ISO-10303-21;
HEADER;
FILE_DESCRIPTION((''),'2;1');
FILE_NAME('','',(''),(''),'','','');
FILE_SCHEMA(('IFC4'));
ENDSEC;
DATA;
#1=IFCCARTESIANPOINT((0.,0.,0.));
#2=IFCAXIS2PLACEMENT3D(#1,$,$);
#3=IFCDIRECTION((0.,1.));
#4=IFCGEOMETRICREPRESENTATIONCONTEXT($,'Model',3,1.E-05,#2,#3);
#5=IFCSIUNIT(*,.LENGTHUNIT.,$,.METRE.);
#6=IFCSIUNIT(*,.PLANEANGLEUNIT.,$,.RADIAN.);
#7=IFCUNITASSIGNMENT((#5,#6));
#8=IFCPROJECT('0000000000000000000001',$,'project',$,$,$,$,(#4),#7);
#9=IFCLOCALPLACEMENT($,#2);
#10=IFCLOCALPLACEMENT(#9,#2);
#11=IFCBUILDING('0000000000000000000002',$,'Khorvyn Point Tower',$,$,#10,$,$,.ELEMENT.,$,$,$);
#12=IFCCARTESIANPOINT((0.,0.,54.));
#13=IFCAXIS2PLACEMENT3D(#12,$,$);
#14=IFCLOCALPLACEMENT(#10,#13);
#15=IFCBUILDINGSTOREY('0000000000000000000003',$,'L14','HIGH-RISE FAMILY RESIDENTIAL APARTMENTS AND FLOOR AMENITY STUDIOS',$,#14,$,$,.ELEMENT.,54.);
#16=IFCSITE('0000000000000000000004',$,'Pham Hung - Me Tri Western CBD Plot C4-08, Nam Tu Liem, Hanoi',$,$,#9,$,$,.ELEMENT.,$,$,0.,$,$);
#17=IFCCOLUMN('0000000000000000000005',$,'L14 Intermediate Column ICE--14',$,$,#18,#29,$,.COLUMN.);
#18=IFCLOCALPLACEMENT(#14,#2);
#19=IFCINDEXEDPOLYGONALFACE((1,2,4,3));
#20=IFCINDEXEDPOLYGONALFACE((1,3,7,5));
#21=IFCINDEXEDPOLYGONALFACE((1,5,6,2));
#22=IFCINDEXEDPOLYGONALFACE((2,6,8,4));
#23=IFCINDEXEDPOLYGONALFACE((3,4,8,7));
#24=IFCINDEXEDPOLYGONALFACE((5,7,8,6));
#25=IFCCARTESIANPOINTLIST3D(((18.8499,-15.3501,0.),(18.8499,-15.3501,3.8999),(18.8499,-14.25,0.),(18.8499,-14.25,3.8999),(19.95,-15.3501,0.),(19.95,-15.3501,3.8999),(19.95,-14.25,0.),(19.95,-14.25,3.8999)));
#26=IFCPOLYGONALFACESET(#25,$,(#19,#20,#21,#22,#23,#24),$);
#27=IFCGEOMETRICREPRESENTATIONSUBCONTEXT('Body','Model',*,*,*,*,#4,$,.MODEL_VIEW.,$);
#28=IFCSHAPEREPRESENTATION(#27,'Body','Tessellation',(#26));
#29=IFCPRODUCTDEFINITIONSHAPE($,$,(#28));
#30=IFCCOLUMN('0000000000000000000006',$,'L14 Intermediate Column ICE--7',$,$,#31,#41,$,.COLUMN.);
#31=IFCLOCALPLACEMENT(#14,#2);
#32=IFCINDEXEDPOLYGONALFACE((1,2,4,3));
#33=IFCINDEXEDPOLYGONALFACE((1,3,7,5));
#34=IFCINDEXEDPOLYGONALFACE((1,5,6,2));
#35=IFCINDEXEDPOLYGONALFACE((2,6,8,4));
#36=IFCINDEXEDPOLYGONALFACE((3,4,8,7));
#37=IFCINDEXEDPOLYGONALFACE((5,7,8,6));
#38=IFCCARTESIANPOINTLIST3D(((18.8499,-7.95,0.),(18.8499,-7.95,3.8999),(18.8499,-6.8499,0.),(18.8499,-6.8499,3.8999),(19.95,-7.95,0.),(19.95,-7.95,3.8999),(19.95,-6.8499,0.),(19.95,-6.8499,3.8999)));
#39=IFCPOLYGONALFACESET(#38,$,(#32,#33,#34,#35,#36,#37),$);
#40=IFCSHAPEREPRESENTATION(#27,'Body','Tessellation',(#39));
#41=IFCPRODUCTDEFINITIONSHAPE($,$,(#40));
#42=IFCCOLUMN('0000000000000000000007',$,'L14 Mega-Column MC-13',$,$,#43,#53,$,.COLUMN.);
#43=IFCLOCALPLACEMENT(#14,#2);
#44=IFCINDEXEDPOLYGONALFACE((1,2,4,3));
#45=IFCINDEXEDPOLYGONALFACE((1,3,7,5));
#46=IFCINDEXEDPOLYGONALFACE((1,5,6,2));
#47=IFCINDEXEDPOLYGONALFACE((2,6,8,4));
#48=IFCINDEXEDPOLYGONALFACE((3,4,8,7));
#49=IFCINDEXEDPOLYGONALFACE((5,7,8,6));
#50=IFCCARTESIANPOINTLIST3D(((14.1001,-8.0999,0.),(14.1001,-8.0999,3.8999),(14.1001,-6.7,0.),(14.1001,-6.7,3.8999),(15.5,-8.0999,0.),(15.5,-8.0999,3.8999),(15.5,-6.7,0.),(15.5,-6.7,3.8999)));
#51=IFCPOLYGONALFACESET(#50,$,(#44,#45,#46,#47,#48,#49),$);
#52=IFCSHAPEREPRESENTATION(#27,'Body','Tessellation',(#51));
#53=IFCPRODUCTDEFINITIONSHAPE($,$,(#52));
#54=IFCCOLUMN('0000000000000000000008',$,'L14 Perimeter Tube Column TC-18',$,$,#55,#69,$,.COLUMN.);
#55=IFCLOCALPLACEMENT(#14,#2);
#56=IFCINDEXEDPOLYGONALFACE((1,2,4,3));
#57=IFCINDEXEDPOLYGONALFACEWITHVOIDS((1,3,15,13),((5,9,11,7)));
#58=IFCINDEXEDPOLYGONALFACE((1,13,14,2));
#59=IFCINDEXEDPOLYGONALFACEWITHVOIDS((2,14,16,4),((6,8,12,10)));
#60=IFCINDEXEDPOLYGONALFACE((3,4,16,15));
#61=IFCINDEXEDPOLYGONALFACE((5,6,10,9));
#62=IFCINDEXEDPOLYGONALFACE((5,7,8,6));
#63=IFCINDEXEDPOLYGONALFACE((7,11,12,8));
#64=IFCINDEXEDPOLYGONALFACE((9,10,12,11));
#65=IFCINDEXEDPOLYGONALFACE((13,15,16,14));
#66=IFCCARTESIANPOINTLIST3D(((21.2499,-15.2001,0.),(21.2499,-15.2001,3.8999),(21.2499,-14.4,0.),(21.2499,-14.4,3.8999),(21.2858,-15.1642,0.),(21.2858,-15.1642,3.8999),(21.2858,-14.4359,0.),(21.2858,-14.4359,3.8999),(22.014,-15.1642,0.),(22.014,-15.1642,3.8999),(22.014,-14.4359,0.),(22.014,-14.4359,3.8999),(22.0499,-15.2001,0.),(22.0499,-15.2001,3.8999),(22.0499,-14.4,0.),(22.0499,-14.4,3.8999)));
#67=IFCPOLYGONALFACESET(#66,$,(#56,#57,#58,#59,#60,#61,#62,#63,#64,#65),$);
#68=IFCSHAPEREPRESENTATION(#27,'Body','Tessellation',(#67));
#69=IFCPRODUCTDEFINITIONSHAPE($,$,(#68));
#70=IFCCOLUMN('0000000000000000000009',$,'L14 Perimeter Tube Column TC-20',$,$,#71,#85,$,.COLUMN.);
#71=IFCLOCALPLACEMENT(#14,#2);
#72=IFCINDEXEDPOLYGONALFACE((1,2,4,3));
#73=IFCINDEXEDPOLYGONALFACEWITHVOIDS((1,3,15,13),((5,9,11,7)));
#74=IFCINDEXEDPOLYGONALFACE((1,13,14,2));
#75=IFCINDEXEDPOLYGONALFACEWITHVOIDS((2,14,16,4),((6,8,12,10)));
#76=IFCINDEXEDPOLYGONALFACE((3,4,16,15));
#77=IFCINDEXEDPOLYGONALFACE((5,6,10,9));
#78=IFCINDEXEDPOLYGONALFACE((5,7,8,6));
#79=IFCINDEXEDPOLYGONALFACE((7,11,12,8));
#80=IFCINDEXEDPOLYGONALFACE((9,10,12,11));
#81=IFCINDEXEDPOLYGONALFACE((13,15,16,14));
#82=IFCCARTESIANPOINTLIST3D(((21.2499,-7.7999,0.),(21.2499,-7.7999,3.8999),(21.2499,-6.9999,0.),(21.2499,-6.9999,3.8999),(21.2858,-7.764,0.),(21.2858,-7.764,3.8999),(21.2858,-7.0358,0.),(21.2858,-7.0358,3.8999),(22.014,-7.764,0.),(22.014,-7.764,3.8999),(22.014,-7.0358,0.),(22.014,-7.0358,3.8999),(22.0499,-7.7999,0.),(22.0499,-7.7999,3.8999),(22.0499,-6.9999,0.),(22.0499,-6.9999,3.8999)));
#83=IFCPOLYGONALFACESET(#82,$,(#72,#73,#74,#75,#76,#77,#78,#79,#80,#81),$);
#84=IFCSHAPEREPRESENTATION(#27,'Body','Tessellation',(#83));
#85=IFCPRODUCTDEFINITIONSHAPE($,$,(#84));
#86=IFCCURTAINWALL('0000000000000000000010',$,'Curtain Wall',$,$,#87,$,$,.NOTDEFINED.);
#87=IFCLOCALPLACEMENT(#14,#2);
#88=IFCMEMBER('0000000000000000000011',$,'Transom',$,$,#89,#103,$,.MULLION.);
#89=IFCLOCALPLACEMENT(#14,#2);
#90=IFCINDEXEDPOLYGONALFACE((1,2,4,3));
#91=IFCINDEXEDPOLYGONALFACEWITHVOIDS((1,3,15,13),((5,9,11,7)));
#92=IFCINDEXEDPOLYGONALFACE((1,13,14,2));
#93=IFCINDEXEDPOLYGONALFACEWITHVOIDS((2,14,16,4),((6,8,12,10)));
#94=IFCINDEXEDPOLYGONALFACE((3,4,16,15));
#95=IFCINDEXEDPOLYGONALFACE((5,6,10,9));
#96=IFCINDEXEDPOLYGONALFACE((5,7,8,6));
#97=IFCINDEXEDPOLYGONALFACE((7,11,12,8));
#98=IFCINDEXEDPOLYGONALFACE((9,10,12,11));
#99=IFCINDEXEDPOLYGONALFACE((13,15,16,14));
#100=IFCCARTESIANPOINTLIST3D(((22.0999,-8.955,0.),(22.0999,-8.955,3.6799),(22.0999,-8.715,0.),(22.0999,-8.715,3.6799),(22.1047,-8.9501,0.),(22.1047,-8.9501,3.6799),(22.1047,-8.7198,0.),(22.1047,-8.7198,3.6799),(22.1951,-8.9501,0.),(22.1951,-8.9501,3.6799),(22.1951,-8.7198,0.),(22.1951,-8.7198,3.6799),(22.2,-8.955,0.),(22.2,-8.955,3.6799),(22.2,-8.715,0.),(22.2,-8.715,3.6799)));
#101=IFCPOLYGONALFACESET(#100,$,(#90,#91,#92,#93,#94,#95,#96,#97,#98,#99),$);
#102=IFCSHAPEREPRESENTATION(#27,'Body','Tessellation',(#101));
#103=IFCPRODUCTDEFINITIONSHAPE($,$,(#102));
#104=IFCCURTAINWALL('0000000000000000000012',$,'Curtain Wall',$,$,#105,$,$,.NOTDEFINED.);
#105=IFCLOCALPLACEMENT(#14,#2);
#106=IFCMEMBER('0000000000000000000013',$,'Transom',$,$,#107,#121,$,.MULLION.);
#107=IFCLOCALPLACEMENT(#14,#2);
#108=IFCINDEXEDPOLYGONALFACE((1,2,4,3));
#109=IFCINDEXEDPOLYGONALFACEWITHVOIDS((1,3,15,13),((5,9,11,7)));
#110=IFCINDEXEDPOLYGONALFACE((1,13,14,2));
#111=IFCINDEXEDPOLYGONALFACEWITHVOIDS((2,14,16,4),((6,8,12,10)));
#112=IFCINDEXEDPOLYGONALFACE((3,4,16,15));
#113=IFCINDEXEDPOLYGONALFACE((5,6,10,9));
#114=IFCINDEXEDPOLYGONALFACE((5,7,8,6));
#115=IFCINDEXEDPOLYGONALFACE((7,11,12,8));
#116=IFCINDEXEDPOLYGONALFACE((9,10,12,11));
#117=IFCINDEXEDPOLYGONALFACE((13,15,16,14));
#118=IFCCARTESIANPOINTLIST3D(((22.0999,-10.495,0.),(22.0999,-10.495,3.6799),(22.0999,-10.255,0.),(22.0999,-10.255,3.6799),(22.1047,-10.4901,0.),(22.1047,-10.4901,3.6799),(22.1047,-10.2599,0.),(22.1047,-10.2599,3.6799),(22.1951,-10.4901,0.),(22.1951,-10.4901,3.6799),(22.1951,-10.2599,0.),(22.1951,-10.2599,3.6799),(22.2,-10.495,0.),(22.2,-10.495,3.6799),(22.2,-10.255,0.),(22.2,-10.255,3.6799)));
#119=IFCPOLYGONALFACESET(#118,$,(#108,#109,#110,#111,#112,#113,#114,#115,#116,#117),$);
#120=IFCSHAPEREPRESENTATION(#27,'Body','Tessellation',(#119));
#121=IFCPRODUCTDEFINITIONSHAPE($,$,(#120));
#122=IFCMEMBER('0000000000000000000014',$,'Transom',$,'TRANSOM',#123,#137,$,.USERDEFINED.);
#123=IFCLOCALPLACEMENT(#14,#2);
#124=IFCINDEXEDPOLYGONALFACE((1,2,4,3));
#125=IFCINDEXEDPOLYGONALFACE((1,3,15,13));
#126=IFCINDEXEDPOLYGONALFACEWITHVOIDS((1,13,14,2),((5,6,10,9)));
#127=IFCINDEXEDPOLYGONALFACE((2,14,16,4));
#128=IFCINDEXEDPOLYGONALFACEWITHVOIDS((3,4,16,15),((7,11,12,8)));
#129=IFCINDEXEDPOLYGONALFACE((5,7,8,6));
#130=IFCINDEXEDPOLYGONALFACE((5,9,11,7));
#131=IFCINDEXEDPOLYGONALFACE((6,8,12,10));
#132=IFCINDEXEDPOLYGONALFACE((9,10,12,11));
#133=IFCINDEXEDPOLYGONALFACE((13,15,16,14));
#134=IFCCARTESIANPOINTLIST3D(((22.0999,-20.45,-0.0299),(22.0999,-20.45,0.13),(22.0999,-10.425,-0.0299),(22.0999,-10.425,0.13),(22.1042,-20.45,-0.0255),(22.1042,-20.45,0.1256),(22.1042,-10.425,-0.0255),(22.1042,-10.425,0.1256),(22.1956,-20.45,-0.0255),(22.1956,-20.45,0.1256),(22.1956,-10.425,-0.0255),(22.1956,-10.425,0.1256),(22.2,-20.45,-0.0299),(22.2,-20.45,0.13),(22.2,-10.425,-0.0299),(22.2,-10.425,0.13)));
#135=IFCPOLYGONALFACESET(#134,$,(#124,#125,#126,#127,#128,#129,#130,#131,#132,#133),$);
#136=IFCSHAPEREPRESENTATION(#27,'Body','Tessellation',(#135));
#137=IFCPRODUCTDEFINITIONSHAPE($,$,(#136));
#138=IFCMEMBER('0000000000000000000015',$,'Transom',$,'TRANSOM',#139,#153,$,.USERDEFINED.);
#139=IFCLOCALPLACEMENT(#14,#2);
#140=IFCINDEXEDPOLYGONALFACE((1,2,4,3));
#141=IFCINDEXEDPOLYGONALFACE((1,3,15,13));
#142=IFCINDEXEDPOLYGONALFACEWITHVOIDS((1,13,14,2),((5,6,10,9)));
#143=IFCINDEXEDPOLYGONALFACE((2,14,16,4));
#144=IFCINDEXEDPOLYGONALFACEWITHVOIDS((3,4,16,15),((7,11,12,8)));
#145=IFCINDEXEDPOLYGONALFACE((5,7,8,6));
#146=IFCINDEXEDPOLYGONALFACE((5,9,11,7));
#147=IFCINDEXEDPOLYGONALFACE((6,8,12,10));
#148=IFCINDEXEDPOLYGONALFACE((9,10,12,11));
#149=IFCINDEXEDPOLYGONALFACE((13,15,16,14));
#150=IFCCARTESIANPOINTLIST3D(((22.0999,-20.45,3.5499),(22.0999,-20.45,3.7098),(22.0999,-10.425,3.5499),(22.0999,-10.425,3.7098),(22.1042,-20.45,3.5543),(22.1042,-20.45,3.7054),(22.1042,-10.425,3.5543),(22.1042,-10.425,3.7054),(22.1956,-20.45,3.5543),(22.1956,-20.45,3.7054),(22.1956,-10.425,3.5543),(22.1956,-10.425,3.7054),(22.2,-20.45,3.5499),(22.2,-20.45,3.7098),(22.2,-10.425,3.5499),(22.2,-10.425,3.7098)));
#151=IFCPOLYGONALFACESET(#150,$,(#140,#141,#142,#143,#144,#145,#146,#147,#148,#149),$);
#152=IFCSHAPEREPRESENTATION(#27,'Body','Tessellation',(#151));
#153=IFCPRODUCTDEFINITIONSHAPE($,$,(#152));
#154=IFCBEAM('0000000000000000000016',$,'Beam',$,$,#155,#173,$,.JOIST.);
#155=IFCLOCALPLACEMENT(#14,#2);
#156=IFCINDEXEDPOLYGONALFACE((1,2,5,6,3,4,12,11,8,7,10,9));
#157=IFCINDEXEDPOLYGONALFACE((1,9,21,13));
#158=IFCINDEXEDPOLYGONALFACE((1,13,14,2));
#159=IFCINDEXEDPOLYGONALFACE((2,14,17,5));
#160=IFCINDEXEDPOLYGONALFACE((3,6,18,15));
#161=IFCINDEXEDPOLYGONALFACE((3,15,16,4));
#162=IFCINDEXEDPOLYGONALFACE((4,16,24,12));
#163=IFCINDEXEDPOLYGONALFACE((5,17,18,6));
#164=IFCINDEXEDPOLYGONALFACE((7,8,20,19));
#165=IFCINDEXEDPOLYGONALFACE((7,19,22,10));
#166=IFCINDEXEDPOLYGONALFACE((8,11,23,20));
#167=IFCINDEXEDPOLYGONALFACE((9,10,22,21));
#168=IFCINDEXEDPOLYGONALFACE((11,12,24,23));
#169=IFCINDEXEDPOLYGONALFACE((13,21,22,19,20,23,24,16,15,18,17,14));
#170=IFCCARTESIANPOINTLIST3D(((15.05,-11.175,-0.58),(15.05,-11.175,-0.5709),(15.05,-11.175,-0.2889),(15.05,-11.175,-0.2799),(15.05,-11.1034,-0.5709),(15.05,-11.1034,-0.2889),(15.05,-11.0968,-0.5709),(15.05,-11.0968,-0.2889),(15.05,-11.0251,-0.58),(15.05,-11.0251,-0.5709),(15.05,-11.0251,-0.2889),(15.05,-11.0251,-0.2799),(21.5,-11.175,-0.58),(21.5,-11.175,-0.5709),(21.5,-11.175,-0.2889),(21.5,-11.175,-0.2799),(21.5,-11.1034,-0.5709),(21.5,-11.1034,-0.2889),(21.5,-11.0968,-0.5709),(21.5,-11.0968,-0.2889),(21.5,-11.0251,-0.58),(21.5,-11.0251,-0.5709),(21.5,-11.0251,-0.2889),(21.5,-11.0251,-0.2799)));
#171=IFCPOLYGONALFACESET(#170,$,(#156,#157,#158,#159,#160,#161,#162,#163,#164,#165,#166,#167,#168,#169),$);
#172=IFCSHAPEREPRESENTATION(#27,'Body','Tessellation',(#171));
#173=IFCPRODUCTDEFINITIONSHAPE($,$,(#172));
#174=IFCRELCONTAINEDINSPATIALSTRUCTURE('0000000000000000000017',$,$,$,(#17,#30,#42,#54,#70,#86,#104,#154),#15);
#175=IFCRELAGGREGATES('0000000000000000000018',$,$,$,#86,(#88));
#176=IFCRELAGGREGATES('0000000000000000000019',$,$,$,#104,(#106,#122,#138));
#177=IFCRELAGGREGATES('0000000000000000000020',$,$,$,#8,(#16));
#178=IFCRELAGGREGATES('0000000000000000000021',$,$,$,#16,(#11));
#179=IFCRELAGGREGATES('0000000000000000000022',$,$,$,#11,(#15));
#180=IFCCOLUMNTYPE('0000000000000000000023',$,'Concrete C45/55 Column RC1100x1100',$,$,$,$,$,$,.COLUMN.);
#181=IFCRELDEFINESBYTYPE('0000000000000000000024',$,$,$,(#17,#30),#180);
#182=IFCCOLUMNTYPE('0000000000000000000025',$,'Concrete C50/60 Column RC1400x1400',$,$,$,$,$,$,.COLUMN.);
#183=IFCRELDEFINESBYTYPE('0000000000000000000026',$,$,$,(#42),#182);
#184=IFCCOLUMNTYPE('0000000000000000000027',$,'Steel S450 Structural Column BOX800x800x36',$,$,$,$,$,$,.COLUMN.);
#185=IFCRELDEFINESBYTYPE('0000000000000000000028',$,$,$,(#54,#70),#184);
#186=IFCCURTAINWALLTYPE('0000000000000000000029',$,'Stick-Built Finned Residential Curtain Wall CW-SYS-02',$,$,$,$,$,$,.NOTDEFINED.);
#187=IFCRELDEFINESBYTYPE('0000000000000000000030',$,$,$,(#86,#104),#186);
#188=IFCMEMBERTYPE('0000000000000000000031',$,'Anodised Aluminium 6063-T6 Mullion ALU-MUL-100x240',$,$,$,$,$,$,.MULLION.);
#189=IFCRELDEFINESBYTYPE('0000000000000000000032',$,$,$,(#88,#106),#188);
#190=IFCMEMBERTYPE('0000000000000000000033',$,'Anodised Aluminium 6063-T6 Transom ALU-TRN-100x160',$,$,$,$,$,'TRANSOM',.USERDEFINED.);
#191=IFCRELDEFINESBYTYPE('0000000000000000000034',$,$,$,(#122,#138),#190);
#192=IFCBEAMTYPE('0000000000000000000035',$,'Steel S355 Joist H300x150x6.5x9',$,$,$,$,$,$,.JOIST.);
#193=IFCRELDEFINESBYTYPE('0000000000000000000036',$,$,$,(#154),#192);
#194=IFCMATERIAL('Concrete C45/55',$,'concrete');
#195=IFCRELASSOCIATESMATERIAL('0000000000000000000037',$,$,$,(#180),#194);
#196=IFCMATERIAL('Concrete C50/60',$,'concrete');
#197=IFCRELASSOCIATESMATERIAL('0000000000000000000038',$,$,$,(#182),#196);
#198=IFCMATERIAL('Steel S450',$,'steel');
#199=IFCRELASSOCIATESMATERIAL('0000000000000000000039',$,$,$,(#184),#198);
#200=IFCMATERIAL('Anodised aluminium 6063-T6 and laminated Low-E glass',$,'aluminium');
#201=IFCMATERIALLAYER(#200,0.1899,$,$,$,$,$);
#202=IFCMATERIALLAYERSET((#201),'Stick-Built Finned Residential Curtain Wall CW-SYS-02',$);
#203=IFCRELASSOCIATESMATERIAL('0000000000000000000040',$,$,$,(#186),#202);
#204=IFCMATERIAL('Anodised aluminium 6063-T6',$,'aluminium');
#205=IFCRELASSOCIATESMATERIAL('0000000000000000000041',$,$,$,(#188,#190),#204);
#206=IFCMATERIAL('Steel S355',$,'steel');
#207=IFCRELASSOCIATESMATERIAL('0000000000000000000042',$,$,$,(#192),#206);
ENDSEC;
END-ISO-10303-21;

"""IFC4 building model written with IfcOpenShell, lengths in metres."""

from ifc_helpers import new_model, si_unit, direction, frame, origin, origin_2d, place, context, subcontext, project, spatial, rectangle, hollow_rectangle, i_section, extrude, material, layer, layer_set, material_profile, profile_set, type_object, element, aggregate, save


model = new_model("IFC4")

# Units and contexts
model_context = context("Model", 3, precision=1e-05, world=origin(), true_north=direction((0.0, 1.0)))
body_context = subcontext(model_context, "Body", "Model", "MODEL_VIEW")
ifc_project = project(units=[si_unit("LENGTHUNIT", "METRE"), si_unit("PLANEANGLEUNIT", "RADIAN")], contexts=[model_context])

# Site, building, storey
site_placement = place(None, origin())
site = spatial("IfcSite", under=ifc_project, at=site_placement, Name="Pham Hung - Me Tri Western CBD Plot C4-08, Nam Tu Liem, Hanoi", CompositionType="ELEMENT", RefElevation=0.0)
building_placement = place(site_placement, origin())
building = spatial("IfcBuilding", under=site, at=building_placement, Name="Khorvyn Point Tower", CompositionType="ELEMENT")
storey_placement = place(building_placement, frame((0.0, 0.0, 54.0)))
storey = spatial("IfcBuildingStorey", under=building, at=storey_placement, Name="L14", Description="HIGH-RISE FAMILY RESIDENTIAL APARTMENTS AND FLOOR AMENITY STUDIOS", CompositionType="ELEMENT", Elevation=54.0)

# Columns
ifc_material_1 = material(Name="Concrete C45/55", Category="concrete")
ifc_material_profile_1 = material_profile(ifc_material_1, rectangle(XDim=1.1001, YDim=1.1001, at=origin_2d()))
ifc_profile_set_1 = profile_set([ifc_material_profile_1], Name="Concrete C45/55 RC1100x1100")
column_type_1 = type_object("IfcColumnType", Name="Concrete C45/55 Column RC1100x1100", PredefinedType="COLUMN", material=ifc_profile_set_1)
for number, where, z_axis, x_axis, name in (
    (1, (19.3999, -14.8, 0.0), (0.0, 0.0, 1.0), (1.0, 0.0, 0.0), "L14 Intermediate Column ICE--14"),
    (2, (19.3999, -7.3999, 0.0), (0.0, 0.0, 1.0), (1.0, 0.0, 0.0), "L14 Intermediate Column ICE--7"),
):
    element("IfcColumn", number, at=place(storey_placement, frame(where, z_axis=z_axis, x_axis=x_axis)), inside=storey, type_object=column_type_1, Name=name, PredefinedType="COLUMN", context=body_context, shape_type="SweptSolid", body=[
        extrude(rectangle(XDim=1.1001, YDim=1.1001, at=origin_2d()), origin(), (0.0, 0.0, 1.0), 3.8999),
    ])
ifc_material_2 = material(Name="Concrete C50/60", Category="concrete")
ifc_material_profile_2 = material_profile(ifc_material_2, rectangle(XDim=1.3999, YDim=1.3999, at=origin_2d()))
ifc_profile_set_2 = profile_set([ifc_material_profile_2], Name="Concrete C50/60 RC1400x1400")
column_type_2 = type_object("IfcColumnType", Name="Concrete C50/60 Column RC1400x1400", PredefinedType="COLUMN", material=ifc_profile_set_2)
column_placement = place(storey_placement, frame((14.8, -7.3999, 0.0), z_axis=(0.0, 0.0, 1.0), x_axis=(1.0, 0.0, 0.0)))
element("IfcColumn", 3, at=column_placement, inside=storey, type_object=column_type_2, Name="L14 Mega-Column MC-13", PredefinedType="COLUMN", context=body_context, shape_type="SweptSolid", body=[
    extrude(rectangle(XDim=1.3999, YDim=1.3999, at=origin_2d()), origin(), (0.0, 0.0, 1.0), 3.8999),
])
ifc_material_3 = material(Name="Steel S450", Category="steel")
ifc_material_profile_3 = material_profile(ifc_material_3, hollow_rectangle(XDim=0.8, YDim=0.8, WallThickness=0.0359, at=origin_2d()))
ifc_profile_set_3 = profile_set([ifc_material_profile_3], Name="Steel S450 BOX800x800x36")
column_type_3 = type_object("IfcColumnType", Name="Steel S450 Structural Column BOX800x800x36", PredefinedType="COLUMN", material=ifc_profile_set_3)
for number, where, z_axis, x_axis, name in (
    (4, (21.6499, -14.8, 0.0), (0.0, 0.0, 1.0), (1.0, 0.0, 0.0), "L14 Perimeter Tube Column TC-18"),
    (5, (21.6499, -7.3999, 0.0), (0.0, 0.0, 1.0), (1.0, 0.0, 0.0), "L14 Perimeter Tube Column TC-20"),
):
    element("IfcColumn", number, at=place(storey_placement, frame(where, z_axis=z_axis, x_axis=x_axis)), inside=storey, type_object=column_type_3, Name=name, PredefinedType="COLUMN", context=body_context, shape_type="SweptSolid", body=[
        extrude(hollow_rectangle(XDim=0.8, YDim=0.8, WallThickness=0.0359, at=origin_2d()), origin(), (0.0, 0.0, 1.0), 3.8999),
    ])

# Curtain wall, member
ifc_material_4 = material(Name="Anodised aluminium 6063-T6 and laminated Low-E glass", Category="aluminium")
ifc_layer_1 = layer(ifc_material_4, 0.1899)
ifc_layer_set_1 = layer_set([ifc_layer_1], Name="Stick-Built Finned Residential Curtain Wall CW-SYS-02")
curtain_wall_type = type_object("IfcCurtainWallType", Name="Stick-Built Finned Residential Curtain Wall CW-SYS-02", PredefinedType="NOTDEFINED", material=ifc_layer_set_1)
curtain_wall_1_placement = place(storey_placement, origin())
curtain_wall_1 = element("IfcCurtainWall", 6, at=curtain_wall_1_placement, inside=storey, type_object=curtain_wall_type, Name="Curtain Wall", PredefinedType="NOTDEFINED")
ifc_material_5 = material(Name="Anodised aluminium 6063-T6", Category="aluminium")
ifc_material_profile_4 = material_profile(ifc_material_5, hollow_rectangle(XDim=0.1001, YDim=0.24, WallThickness=0.0049, at=origin_2d()))
ifc_profile_set_4 = profile_set([ifc_material_profile_4], Name="Anodised aluminium 6063-T6 ALU-MUL-100x240")
member_type_1 = type_object("IfcMemberType", Name="Anodised Aluminium 6063-T6 Mullion ALU-MUL-100x240", PredefinedType="MULLION", material=ifc_profile_set_4)
member_1_placement = place(storey_placement, frame((22.1499, -8.835, 0.0), z_axis=(0.0, 0.0, 1.0), x_axis=(1.0, 0.0, 0.0)))
member_1 = element("IfcMember", 7, at=member_1_placement, type_object=member_type_1, Name="Transom", PredefinedType="MULLION", context=body_context, shape_type="SweptSolid", body=[
    extrude(hollow_rectangle(XDim=0.1001, YDim=0.24, WallThickness=0.0049, at=origin_2d()), origin(), (0.0, 0.0, 1.0), 3.6799),
])
aggregate(curtain_wall_1, [member_1])

# Curtain wall, members
curtain_wall_2_placement = place(storey_placement, origin())
curtain_wall_2 = element("IfcCurtainWall", 8, at=curtain_wall_2_placement, inside=storey, type_object=curtain_wall_type, Name="Curtain Wall", PredefinedType="NOTDEFINED")
member_2_placement = place(storey_placement, frame((22.1499, -10.375, 0.0), z_axis=(0.0, 0.0, 1.0), x_axis=(1.0, 0.0, 0.0)))
member_2 = element("IfcMember", 9, at=member_2_placement, type_object=member_type_1, Name="Transom", PredefinedType="MULLION", context=body_context, shape_type="SweptSolid", body=[
    extrude(hollow_rectangle(XDim=0.1001, YDim=0.24, WallThickness=0.0049, at=origin_2d()), origin(), (0.0, 0.0, 1.0), 3.6799),
])
ifc_material_profile_5 = material_profile(ifc_material_5, hollow_rectangle(XDim=0.1001, YDim=0.1599, WallThickness=0.0044, at=origin_2d()))
ifc_profile_set_5 = profile_set([ifc_material_profile_5], Name="Anodised aluminium 6063-T6 ALU-TRN-100x160")
member_type_2 = type_object("IfcMemberType", Name="Anodised Aluminium 6063-T6 Transom ALU-TRN-100x160", ElementType="TRANSOM", PredefinedType="USERDEFINED", material=ifc_profile_set_5)
member_3_placement = place(storey_placement, frame((22.1499, -10.425, 0.05), z_axis=(0.0, -1.0, 0.0), x_axis=(1.0, 0.0, 0.0)))
member_3 = element("IfcMember", 10, at=member_3_placement, type_object=member_type_2, Name="Transom", ObjectType="TRANSOM", PredefinedType="USERDEFINED", context=body_context, shape_type="SweptSolid", body=[
    extrude(hollow_rectangle(XDim=0.1001, YDim=0.1599, WallThickness=0.0044, at=origin_2d()), origin(), (0.0, 0.0, 1.0), 10.0249),
])
member_4_placement = place(storey_placement, frame((22.1499, -10.425, 3.6299), z_axis=(0.0, -1.0, 0.0), x_axis=(1.0, 0.0, 0.0)))
member_4 = element("IfcMember", 11, at=member_4_placement, type_object=member_type_2, Name="Transom", ObjectType="TRANSOM", PredefinedType="USERDEFINED", context=body_context, shape_type="SweptSolid", body=[
    extrude(hollow_rectangle(XDim=0.1001, YDim=0.1599, WallThickness=0.0044, at=origin_2d()), origin(), (0.0, 0.0, 1.0), 10.0249),
])
aggregate(curtain_wall_2, [member_2, member_3, member_4])

# Beam
ifc_material_6 = material(Name="Steel S355", Category="steel")
ifc_material_profile_6 = material_profile(ifc_material_6, i_section(OverallWidth=0.1499, OverallDepth=0.3, WebThickness=0.0066, FlangeThickness=0.009, at=origin_2d()))
ifc_profile_set_6 = profile_set([ifc_material_profile_6], Name="Steel S355 H300x150x6.5x9")
beam_type_1 = type_object("IfcBeamType", Name="Steel S355 Joist H300x150x6.5x9", PredefinedType="JOIST", material=ifc_profile_set_6)
beam_1_placement = place(storey_placement, frame((15.05, -11.1001, -0.4299), z_axis=(1.0, 0.0, 0.0), x_axis=(0.0, 1.0, 0.0)))
element("IfcBeam", 12, at=beam_1_placement, inside=storey, type_object=beam_type_1, Name="Beam", PredefinedType="JOIST", context=body_context, shape_type="SweptSolid", body=[
    extrude(i_section(OverallWidth=0.1499, OverallDepth=0.3, WebThickness=0.0066, FlangeThickness=0.009, at=origin_2d()), origin(), (0.0, 0.0, 1.0), 6.45),
])

save(model, "model.ifc")
